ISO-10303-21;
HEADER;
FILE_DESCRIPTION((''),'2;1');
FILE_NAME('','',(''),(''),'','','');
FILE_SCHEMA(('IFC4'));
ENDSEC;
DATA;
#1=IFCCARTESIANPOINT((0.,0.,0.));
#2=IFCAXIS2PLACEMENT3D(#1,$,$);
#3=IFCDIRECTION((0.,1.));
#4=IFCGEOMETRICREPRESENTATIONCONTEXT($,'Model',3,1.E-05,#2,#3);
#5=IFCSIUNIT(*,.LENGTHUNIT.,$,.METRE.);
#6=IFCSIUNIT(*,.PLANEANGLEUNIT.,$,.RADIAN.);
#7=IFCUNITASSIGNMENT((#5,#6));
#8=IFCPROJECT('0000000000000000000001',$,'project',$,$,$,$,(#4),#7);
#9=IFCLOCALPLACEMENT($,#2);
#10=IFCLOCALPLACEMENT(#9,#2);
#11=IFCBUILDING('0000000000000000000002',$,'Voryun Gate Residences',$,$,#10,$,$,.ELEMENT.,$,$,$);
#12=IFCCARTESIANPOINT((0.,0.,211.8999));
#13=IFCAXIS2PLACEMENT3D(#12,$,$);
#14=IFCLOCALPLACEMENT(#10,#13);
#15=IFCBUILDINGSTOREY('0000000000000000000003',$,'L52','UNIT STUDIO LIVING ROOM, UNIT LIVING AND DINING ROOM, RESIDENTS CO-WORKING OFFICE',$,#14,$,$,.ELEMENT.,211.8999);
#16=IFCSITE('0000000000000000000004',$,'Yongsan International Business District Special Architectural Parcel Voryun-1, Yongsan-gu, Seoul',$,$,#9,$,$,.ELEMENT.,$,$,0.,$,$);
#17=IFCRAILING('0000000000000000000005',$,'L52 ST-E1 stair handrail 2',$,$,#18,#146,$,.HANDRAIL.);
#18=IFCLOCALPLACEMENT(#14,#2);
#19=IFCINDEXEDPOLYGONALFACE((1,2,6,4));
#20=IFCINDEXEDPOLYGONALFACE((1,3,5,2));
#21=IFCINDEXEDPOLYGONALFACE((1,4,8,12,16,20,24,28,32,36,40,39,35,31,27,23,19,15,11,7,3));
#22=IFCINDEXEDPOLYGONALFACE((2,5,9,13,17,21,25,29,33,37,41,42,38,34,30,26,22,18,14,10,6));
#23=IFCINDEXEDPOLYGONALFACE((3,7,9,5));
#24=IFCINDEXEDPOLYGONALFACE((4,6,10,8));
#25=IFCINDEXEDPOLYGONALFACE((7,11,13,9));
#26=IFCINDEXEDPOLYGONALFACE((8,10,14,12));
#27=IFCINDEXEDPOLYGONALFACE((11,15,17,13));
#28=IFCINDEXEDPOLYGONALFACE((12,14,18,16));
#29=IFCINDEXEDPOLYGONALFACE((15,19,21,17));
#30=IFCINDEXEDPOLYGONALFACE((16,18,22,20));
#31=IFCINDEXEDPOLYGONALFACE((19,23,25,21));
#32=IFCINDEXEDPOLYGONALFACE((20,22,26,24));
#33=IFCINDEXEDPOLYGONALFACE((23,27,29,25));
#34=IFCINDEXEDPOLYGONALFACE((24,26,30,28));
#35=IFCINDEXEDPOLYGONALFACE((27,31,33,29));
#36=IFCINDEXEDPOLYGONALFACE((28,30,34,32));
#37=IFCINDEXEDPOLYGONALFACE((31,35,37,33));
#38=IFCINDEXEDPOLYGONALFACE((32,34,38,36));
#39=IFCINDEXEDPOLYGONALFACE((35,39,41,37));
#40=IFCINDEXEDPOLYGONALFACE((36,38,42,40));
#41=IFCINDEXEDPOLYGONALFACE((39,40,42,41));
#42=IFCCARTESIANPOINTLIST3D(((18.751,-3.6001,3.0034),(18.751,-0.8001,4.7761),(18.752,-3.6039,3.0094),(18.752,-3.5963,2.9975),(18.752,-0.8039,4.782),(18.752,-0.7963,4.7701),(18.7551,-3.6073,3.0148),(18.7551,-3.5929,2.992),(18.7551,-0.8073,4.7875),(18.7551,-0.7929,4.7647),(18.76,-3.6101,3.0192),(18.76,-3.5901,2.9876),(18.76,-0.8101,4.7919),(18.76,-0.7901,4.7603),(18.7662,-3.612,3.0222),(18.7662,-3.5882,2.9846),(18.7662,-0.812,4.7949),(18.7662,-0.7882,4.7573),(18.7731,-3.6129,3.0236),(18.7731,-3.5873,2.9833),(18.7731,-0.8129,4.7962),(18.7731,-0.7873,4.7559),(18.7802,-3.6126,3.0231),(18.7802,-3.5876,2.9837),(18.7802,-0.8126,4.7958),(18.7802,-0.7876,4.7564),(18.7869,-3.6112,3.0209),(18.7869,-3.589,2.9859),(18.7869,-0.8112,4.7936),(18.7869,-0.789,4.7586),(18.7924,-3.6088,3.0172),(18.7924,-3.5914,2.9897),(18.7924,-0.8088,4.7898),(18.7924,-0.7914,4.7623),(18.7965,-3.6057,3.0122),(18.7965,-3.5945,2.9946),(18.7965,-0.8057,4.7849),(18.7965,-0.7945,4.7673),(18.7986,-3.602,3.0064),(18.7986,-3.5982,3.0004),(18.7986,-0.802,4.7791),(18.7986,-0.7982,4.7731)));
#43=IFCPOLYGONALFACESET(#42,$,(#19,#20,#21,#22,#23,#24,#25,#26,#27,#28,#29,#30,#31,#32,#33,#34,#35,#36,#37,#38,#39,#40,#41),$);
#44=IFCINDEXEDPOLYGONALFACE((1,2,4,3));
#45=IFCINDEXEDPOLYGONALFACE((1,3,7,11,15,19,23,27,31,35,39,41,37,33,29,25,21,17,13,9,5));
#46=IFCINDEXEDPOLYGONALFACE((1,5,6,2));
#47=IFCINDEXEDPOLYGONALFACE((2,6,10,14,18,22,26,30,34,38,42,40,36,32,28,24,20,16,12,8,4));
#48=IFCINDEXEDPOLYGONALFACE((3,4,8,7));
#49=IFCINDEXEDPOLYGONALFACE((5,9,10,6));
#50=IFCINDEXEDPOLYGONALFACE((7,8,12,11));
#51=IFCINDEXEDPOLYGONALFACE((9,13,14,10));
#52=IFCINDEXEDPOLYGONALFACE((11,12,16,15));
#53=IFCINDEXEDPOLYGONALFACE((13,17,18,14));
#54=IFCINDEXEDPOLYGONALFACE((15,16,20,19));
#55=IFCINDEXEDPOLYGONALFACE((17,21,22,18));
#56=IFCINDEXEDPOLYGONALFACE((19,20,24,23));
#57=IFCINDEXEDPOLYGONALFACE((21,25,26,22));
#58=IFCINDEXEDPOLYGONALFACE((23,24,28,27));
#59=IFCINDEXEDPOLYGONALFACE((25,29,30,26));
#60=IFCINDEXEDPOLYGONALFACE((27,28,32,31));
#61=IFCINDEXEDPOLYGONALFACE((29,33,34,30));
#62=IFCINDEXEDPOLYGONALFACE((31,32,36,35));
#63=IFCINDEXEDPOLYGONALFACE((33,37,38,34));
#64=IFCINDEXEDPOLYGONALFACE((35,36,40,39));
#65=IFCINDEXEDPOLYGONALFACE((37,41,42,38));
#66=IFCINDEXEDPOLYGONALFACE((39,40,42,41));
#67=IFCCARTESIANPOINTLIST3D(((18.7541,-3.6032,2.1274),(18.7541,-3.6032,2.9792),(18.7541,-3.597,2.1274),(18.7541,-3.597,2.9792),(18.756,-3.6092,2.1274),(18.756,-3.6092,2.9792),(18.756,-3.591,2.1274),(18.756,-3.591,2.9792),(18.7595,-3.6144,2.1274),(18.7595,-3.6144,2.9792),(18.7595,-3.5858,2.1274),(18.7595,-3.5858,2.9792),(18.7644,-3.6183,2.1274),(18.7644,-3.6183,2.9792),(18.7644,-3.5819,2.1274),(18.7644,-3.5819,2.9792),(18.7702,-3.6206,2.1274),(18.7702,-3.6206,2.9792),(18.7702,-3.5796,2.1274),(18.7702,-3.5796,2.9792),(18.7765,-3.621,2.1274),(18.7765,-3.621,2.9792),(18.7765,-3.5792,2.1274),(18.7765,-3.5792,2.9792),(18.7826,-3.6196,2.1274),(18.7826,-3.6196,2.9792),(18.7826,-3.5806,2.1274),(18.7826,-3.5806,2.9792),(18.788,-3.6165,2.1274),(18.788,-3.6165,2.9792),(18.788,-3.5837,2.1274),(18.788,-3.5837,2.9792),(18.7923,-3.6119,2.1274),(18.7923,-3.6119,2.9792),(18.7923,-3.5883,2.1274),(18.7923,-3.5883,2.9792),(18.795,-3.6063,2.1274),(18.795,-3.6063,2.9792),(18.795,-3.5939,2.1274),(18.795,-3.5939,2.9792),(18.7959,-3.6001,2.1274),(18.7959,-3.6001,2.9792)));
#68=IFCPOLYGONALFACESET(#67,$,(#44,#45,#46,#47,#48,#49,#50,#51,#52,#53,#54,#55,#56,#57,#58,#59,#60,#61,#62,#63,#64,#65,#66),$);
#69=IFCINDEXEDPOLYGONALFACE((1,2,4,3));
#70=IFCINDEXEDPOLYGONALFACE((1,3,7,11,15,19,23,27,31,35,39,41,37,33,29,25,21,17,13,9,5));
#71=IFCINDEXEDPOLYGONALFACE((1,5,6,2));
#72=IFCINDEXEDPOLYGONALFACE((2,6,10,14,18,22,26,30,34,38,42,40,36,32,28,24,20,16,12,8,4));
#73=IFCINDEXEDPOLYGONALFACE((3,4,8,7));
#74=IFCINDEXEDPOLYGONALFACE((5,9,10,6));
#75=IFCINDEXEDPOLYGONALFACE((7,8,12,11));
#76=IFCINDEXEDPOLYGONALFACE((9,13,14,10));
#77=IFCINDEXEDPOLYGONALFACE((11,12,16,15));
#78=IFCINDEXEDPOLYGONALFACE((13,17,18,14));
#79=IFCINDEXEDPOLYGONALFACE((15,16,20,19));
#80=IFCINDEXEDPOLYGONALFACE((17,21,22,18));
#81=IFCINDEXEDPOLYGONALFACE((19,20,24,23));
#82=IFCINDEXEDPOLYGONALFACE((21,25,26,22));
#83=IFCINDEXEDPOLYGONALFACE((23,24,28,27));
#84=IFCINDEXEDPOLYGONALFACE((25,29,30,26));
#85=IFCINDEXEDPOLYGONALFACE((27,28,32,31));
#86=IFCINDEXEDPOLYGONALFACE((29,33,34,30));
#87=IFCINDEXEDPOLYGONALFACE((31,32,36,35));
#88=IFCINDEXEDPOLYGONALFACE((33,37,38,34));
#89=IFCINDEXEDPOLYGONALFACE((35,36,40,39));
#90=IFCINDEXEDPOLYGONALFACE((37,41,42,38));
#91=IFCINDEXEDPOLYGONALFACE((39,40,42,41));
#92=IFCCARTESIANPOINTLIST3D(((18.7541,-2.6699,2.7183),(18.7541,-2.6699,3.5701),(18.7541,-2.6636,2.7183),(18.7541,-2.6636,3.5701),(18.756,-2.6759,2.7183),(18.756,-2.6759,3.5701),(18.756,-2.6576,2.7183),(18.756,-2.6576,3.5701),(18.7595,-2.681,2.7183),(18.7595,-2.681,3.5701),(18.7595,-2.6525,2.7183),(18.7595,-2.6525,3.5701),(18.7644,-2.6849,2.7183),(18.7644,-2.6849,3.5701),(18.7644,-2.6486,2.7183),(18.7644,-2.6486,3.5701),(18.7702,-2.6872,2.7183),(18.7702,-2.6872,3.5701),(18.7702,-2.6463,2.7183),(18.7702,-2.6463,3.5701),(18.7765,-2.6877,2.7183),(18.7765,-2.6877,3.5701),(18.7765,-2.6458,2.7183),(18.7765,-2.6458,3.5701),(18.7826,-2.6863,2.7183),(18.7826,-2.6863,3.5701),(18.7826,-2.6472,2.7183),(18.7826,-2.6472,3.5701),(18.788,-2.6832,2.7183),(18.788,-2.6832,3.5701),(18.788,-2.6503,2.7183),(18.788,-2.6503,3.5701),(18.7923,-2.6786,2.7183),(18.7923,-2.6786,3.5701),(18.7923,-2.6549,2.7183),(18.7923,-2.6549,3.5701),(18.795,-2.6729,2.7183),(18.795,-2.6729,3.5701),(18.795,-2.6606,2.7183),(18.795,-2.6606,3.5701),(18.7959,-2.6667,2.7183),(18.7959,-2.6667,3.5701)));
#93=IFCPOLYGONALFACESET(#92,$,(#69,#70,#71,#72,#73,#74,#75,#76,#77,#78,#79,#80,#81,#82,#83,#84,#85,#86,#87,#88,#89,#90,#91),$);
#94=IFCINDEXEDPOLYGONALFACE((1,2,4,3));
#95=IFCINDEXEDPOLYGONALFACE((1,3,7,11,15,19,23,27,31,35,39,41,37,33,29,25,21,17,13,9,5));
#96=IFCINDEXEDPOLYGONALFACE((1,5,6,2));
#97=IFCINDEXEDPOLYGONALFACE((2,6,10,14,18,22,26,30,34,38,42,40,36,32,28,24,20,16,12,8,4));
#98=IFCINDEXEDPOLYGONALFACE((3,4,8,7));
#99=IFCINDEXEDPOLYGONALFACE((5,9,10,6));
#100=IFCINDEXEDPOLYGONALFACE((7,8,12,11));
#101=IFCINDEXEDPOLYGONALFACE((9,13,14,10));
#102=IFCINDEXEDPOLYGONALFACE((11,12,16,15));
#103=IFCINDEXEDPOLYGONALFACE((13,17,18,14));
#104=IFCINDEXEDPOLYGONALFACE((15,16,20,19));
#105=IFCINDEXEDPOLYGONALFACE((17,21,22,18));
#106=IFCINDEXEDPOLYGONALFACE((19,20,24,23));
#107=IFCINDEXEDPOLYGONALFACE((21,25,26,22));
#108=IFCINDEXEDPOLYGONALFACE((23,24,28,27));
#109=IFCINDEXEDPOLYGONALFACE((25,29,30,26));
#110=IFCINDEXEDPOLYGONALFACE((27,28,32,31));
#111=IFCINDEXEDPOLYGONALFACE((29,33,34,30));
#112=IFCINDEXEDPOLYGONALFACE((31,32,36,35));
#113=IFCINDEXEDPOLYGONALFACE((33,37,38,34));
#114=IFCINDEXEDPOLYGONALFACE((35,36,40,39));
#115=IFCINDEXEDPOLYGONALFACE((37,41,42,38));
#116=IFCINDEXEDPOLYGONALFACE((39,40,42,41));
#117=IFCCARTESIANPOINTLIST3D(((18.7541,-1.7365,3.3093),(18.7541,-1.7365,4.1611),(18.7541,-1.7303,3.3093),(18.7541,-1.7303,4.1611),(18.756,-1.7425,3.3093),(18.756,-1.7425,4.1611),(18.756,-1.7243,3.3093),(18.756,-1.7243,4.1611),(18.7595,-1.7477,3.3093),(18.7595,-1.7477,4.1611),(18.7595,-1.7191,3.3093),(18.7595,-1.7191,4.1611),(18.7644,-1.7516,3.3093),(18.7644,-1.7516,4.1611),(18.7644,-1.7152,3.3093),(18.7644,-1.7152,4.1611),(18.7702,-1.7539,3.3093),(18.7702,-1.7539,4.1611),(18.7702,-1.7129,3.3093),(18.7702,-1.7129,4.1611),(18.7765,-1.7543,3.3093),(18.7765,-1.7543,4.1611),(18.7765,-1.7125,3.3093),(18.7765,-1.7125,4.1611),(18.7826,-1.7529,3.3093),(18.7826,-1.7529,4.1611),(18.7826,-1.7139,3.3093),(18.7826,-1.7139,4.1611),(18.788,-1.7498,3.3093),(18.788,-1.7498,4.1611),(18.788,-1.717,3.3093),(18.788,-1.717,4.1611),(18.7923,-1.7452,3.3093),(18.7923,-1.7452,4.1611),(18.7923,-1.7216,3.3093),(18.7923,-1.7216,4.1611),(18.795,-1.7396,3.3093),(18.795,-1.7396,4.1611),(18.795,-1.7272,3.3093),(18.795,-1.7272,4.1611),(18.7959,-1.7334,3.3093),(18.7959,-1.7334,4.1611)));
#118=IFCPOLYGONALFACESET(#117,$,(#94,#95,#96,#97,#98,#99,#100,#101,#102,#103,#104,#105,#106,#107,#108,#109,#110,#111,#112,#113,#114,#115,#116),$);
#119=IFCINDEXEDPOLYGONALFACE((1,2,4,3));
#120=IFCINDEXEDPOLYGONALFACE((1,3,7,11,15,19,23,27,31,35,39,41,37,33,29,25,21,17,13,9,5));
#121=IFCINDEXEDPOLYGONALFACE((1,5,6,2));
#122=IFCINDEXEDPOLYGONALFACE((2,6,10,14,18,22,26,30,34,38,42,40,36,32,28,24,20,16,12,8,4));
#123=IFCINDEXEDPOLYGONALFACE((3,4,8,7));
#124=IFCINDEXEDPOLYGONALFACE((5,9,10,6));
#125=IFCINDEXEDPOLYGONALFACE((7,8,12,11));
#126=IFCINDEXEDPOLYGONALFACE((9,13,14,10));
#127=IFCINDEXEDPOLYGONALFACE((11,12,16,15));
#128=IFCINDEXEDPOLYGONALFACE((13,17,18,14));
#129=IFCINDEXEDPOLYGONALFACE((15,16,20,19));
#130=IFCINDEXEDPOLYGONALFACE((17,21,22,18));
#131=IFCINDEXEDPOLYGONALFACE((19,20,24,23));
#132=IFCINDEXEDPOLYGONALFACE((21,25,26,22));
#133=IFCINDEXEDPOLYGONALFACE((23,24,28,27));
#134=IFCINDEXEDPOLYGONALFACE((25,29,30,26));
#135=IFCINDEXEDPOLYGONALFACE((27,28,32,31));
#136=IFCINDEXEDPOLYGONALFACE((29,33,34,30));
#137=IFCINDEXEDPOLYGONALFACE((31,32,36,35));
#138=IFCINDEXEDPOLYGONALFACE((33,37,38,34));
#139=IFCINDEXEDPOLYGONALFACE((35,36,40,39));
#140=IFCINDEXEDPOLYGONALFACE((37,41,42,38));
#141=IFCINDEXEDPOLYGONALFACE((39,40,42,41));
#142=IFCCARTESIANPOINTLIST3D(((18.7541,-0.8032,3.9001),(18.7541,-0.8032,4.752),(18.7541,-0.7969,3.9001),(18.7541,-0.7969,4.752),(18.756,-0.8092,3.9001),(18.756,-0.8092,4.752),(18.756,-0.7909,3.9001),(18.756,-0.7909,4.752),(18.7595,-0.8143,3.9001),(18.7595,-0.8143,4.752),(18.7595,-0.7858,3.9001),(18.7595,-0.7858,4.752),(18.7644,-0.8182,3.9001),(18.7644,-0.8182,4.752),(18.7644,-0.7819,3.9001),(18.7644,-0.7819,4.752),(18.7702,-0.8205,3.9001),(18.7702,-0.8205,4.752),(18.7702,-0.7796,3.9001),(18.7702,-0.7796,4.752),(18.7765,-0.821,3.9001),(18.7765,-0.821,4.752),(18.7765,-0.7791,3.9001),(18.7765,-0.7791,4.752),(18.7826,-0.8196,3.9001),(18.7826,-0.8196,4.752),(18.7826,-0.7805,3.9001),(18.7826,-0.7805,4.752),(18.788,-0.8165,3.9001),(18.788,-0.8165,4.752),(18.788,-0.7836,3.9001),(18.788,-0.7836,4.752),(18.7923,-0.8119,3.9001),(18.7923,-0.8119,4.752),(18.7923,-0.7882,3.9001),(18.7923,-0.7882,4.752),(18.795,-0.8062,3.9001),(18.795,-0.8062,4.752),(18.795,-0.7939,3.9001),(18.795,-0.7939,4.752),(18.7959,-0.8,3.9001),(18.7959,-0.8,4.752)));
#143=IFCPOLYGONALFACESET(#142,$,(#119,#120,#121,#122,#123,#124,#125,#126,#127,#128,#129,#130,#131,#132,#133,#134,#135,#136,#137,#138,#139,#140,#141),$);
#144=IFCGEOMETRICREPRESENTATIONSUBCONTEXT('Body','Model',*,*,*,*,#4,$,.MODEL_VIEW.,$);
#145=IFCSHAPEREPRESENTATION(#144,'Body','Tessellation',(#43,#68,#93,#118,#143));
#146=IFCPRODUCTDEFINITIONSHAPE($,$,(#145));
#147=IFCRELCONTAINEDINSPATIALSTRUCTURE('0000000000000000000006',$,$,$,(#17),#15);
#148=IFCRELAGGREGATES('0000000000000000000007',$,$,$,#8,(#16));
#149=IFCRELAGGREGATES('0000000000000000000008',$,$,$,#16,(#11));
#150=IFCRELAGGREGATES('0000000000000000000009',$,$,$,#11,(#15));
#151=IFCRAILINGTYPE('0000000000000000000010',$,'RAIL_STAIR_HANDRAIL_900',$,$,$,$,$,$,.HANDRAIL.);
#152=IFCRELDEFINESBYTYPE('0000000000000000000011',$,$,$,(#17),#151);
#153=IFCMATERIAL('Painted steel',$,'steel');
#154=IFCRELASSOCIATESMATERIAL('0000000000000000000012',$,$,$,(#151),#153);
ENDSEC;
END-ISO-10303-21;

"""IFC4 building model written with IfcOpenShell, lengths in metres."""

from ifc_helpers import new_model, si_unit, direction, frame, origin, origin_2d, place, context, subcontext, project, spatial, circle, extrude, material, type_object, element, save


model = new_model("IFC4")

# Units and contexts
model_context = context("Model", 3, precision=1e-05, world=origin(), true_north=direction((0.0, 1.0)))
body_context = subcontext(model_context, "Body", "Model", "MODEL_VIEW")
ifc_project = project(units=[si_unit("LENGTHUNIT", "METRE"), si_unit("PLANEANGLEUNIT", "RADIAN")], contexts=[model_context])

# Site, building, storey
site_placement = place(None, origin())
site = spatial("IfcSite", under=ifc_project, at=site_placement, Name="Yongsan International Business District Special Architectural Parcel Voryun-1, Yongsan-gu, Seoul", CompositionType="ELEMENT", RefElevation=0.0)
building_placement = place(site_placement, origin())
building = spatial("IfcBuilding", under=site, at=building_placement, Name="Voryun Gate Residences", CompositionType="ELEMENT")
storey_placement = place(building_placement, frame((0.0, 0.0, 211.8999)))
storey = spatial("IfcBuildingStorey", under=building, at=storey_placement, Name="L52", Description="UNIT STUDIO LIVING ROOM, UNIT LIVING AND DINING ROOM, RESIDENTS CO-WORKING OFFICE", CompositionType="ELEMENT", Elevation=211.8999)

# Railing
ifc_material_1 = material(Name="Painted steel", Category="steel")
railing_type_1 = type_object("IfcRailingType", Name="RAIL_STAIR_HANDRAIL_900", PredefinedType="HANDRAIL", material=ifc_material_1)
railing_1_placement = place(storey_placement, frame((18.7749, -3.6001, 2.1274)))
element("IfcRailing", 1, at=railing_1_placement, inside=storey, type_object=railing_type_1, Name="L52 ST-E1 stair handrail 2", PredefinedType="HANDRAIL", context=body_context, shape_type="SweptSolid", body=[
    extrude(circle(Radius=0.0239, at=origin_2d()), frame((0.0, 0.0, 0.876), z_axis=(0.0, 0.844909, 0.53491), x_axis=(-1.0, 0.0, 0.0)), (0.0, 0.0, 1.0), 3.314),
    extrude(circle(Radius=0.021, at=origin_2d()), origin(), (0.0, 0.0, 1.0), 0.8518),
    extrude(circle(Radius=0.021, at=origin_2d()), frame((0.0, 0.9333, 0.5908)), (0.0, 0.0, 1.0), 0.8518),
    extrude(circle(Radius=0.021, at=origin_2d()), frame((0.0, 1.8667, 1.1819)), (0.0, 0.0, 1.0), 0.8518),
    extrude(circle(Radius=0.021, at=origin_2d()), frame((0.0, 2.8, 1.7727)), (0.0, 0.0, 1.0), 0.8518),
])

save(model, "model.ifc")
